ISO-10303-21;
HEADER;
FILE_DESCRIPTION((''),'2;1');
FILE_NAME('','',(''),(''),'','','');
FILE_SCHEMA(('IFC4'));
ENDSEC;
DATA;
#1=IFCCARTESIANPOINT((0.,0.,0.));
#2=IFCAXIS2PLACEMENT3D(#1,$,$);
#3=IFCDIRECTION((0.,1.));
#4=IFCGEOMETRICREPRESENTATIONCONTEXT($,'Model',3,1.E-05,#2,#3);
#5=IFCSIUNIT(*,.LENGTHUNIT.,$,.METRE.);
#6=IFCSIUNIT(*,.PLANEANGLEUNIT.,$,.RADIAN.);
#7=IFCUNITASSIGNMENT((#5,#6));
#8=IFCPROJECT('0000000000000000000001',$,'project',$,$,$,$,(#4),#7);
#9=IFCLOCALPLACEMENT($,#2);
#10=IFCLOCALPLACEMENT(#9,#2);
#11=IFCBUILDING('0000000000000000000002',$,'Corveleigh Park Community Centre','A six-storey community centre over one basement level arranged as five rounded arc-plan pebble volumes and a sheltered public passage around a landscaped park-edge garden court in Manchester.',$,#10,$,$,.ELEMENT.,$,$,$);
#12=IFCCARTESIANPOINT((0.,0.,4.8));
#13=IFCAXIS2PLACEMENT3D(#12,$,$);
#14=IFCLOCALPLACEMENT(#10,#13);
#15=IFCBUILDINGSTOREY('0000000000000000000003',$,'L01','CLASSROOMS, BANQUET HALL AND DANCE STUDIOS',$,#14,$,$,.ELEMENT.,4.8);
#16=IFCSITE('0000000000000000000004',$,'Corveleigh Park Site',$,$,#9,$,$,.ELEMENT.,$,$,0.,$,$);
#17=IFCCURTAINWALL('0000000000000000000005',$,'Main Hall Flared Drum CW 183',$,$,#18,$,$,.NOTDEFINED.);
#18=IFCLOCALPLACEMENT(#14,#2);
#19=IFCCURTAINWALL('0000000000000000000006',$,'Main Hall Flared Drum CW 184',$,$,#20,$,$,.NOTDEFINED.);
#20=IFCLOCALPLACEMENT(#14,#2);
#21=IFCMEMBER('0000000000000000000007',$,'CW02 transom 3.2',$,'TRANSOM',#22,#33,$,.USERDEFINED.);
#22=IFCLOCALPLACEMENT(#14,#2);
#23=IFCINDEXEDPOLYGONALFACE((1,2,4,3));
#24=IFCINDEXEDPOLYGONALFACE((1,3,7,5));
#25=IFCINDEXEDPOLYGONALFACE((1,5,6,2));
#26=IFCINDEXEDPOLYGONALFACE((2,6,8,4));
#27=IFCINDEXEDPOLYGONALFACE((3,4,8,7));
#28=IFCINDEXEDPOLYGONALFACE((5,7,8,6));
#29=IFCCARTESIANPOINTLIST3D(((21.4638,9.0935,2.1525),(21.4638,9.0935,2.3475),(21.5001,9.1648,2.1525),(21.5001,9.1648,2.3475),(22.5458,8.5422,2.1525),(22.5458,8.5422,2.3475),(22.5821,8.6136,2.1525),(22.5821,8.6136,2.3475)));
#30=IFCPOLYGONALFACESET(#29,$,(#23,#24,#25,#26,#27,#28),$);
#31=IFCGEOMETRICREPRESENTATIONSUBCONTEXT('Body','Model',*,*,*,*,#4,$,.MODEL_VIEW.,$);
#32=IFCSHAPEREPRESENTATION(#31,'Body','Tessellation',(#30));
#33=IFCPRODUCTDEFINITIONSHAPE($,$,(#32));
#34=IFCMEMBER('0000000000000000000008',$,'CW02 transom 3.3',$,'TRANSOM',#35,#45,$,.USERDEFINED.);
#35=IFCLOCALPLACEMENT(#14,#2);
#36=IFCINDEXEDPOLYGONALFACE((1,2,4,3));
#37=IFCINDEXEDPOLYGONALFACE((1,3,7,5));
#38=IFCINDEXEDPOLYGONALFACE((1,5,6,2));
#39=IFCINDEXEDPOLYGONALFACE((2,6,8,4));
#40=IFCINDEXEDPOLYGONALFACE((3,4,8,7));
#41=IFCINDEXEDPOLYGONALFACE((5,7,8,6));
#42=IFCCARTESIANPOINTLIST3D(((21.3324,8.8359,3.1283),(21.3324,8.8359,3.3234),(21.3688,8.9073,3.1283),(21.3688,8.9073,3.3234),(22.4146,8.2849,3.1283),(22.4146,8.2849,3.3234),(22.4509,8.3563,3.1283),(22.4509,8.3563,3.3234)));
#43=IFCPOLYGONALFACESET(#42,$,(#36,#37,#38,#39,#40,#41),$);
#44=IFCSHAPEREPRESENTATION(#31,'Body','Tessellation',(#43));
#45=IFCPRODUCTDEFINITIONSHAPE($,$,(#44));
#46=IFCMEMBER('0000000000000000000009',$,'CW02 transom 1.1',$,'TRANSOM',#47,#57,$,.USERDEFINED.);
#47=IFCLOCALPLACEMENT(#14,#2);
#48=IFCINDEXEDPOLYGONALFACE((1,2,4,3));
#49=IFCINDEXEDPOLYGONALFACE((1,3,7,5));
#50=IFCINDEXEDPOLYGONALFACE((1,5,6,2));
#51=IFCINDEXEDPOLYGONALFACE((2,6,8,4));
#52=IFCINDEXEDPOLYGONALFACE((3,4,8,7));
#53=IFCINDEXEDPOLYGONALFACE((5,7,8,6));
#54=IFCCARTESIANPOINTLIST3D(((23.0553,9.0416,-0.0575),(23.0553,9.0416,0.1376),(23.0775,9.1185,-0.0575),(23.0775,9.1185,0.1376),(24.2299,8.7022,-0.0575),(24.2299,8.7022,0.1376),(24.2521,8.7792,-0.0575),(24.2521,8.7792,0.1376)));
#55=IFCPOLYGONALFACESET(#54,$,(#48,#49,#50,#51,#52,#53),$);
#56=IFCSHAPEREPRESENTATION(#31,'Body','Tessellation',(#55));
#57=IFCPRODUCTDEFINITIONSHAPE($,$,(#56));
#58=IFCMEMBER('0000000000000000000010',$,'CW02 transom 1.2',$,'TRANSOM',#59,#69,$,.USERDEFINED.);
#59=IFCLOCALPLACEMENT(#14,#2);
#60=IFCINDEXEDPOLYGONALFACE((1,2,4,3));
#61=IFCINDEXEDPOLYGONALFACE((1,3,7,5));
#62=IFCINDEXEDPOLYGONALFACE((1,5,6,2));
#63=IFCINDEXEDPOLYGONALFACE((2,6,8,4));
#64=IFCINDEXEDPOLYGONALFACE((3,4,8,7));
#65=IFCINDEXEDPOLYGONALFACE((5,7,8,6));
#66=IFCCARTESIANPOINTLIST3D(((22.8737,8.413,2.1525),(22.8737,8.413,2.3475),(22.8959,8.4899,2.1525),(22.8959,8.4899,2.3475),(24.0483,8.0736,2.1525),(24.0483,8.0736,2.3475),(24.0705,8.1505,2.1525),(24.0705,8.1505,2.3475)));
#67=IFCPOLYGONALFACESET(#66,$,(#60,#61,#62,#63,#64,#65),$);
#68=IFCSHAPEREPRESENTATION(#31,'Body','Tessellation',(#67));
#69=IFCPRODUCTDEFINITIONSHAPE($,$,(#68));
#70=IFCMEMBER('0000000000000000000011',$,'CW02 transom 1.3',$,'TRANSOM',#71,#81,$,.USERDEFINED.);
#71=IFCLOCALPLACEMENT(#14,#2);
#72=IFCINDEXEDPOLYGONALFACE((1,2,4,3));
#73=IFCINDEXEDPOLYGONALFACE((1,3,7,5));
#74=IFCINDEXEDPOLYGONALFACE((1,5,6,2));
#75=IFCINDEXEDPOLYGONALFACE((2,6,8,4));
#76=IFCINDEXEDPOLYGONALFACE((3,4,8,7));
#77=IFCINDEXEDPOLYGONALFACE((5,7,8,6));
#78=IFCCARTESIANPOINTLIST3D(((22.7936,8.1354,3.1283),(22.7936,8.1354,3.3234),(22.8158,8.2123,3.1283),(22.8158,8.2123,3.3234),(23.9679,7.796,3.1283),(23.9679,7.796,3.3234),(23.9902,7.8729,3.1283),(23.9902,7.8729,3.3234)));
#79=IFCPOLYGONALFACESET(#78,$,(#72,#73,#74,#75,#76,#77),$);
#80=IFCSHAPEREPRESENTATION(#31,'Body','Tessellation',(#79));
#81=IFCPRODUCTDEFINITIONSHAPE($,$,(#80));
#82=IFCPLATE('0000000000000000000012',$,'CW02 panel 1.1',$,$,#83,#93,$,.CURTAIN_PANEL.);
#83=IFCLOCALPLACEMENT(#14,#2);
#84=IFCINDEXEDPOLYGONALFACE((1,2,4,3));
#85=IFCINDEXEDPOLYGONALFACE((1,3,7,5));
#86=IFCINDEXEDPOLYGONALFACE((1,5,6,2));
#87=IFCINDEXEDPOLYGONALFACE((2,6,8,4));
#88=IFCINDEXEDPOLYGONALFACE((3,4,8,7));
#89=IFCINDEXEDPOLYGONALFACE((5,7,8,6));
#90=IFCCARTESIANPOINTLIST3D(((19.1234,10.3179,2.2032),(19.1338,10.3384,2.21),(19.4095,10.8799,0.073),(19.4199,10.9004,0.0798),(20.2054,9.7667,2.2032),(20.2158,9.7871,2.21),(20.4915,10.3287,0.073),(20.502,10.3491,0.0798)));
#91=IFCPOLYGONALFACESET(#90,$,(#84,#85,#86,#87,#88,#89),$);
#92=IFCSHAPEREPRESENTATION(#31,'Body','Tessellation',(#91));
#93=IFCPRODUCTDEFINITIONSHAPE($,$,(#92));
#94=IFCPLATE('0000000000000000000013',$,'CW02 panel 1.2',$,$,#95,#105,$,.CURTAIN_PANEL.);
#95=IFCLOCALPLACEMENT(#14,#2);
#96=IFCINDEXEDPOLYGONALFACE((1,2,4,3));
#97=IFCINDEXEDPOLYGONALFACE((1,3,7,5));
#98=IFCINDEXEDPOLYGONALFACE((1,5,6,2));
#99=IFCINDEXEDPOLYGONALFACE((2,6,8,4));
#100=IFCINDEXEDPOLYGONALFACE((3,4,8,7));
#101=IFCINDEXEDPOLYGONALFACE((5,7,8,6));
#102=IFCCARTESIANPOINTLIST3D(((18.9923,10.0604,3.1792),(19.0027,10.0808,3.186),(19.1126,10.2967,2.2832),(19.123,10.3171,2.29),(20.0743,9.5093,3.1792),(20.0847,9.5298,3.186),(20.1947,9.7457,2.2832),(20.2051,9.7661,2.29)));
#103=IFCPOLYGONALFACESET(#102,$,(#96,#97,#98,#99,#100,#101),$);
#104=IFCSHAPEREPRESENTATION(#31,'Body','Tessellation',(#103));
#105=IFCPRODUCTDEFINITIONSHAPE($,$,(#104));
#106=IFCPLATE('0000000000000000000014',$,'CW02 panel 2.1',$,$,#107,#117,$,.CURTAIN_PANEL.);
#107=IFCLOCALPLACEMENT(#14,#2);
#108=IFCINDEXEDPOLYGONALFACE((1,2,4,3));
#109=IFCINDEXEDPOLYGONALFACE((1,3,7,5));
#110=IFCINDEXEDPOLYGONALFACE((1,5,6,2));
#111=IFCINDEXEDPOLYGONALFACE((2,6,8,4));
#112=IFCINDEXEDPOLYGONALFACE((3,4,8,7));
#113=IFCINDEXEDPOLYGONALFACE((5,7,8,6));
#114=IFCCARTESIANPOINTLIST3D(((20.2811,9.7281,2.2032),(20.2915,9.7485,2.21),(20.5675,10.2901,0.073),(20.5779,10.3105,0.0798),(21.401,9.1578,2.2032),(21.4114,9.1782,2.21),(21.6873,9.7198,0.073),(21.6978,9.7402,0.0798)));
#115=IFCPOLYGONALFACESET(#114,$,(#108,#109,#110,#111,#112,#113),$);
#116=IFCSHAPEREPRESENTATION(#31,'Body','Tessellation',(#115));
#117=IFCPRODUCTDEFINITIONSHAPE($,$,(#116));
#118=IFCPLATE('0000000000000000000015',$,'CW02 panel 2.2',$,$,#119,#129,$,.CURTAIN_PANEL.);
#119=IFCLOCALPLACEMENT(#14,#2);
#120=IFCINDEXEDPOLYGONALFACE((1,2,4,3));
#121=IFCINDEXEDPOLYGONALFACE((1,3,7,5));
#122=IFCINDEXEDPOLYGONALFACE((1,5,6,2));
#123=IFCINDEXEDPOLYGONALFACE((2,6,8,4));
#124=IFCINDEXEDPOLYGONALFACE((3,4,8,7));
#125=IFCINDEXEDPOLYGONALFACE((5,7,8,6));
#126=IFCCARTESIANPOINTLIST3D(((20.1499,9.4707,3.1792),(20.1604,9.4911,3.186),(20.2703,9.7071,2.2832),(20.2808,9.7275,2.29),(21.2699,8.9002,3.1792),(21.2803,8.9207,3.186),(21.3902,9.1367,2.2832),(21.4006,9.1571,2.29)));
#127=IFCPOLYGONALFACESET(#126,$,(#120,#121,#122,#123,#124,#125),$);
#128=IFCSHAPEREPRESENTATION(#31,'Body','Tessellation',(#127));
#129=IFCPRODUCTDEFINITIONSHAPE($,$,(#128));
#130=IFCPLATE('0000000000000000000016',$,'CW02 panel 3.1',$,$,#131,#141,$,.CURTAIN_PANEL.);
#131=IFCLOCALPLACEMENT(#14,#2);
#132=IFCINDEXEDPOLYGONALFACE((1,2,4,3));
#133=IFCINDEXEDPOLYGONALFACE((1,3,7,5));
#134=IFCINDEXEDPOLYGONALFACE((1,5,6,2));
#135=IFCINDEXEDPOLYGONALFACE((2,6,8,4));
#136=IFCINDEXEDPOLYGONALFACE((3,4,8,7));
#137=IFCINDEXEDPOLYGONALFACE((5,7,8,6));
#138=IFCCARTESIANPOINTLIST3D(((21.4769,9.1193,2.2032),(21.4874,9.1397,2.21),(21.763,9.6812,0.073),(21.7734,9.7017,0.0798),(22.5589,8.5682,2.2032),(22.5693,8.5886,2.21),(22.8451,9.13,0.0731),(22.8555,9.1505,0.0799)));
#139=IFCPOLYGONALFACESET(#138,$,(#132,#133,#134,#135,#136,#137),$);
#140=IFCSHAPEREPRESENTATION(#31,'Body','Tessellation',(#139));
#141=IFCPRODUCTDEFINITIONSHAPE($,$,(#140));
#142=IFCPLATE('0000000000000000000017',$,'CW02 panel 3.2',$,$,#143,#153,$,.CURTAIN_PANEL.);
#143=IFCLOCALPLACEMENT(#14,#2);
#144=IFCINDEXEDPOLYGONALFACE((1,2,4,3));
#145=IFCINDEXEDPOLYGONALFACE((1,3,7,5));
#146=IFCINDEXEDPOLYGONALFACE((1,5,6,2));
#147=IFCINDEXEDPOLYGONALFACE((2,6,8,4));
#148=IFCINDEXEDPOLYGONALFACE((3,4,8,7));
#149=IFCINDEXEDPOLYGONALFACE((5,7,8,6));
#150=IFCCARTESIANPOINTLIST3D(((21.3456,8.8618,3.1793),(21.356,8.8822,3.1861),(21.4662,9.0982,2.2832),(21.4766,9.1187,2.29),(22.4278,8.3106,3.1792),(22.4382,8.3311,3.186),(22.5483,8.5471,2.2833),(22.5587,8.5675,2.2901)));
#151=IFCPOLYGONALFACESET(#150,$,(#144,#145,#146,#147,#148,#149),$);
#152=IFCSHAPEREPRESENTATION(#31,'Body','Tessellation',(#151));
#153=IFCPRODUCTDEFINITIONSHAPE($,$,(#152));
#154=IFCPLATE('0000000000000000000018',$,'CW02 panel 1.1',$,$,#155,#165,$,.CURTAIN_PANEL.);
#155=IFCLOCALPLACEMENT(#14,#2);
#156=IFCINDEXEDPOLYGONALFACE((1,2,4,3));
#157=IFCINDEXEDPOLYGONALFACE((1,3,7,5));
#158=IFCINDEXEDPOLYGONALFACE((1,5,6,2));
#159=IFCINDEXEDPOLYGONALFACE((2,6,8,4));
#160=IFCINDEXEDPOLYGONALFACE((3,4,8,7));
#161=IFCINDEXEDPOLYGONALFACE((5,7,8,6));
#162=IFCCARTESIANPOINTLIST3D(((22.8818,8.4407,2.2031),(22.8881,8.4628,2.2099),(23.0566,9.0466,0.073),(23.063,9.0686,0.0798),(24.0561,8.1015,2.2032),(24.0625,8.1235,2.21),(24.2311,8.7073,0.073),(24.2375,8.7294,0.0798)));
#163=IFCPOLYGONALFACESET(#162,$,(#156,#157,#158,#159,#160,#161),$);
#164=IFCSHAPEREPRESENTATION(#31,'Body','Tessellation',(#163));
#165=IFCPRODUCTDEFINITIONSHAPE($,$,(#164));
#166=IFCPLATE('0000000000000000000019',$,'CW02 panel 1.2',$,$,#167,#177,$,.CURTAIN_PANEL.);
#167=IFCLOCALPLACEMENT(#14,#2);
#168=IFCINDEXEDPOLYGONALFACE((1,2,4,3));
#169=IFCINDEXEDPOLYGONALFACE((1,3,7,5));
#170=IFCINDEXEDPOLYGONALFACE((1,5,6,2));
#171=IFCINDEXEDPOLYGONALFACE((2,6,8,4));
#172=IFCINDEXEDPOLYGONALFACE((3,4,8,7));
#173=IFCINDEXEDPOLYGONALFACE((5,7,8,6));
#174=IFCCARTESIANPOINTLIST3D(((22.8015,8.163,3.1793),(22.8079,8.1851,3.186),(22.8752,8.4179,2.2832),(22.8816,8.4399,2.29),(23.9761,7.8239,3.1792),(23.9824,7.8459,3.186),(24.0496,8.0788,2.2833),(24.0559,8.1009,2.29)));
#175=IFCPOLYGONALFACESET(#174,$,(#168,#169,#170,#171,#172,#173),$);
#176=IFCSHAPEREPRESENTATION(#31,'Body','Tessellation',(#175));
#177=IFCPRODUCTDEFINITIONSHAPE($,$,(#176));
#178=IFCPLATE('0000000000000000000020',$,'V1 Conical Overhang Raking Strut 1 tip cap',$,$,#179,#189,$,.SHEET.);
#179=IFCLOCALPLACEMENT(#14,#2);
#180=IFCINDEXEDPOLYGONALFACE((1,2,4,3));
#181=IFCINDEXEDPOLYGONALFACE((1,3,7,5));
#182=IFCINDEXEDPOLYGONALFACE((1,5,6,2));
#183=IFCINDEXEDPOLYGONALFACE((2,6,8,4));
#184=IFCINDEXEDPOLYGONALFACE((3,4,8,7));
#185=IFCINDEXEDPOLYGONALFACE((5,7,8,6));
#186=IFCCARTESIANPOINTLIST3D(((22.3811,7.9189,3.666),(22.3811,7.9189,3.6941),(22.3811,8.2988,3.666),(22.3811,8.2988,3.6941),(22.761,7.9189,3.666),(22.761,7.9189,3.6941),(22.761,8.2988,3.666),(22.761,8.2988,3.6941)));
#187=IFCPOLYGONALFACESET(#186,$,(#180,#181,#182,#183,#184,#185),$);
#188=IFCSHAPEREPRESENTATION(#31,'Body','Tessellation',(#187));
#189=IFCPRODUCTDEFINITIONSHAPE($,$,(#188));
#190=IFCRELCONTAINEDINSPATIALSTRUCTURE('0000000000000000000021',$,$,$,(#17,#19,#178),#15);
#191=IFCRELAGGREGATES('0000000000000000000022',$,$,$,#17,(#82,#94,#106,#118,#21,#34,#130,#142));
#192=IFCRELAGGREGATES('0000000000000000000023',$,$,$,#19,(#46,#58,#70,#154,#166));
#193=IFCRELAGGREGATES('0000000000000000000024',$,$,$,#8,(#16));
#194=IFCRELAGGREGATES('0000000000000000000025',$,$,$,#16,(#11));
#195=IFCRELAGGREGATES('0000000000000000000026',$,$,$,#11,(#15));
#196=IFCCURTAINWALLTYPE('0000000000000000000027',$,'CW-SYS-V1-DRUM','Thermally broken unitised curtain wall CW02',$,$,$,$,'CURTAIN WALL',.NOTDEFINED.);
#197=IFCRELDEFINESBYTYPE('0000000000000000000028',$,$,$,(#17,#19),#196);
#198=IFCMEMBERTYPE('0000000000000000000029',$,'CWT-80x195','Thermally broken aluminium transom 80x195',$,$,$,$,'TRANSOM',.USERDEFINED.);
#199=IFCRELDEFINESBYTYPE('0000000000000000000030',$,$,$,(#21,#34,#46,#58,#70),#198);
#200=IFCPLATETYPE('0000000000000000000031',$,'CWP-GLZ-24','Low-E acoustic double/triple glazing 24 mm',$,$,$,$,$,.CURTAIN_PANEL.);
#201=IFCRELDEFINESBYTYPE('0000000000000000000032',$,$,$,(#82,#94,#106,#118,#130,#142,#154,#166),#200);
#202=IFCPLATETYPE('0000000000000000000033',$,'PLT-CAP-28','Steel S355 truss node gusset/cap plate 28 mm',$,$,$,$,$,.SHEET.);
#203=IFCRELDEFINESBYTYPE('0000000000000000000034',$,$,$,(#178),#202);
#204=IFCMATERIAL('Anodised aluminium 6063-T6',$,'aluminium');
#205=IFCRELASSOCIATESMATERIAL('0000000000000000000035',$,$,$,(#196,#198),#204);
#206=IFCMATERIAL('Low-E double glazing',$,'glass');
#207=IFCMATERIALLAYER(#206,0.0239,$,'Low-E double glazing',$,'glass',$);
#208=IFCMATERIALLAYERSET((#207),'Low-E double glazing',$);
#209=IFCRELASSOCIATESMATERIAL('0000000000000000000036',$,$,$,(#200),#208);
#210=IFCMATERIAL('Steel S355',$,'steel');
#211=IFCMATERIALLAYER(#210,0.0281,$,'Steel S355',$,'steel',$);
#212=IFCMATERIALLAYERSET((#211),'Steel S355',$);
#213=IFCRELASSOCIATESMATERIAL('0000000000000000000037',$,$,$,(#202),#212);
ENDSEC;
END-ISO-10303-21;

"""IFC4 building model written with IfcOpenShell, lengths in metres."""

from ifc_helpers import new_model, si_unit, direction, frame, origin, origin_2d, place, context, subcontext, project, spatial, polyline, rectangle, outline, extrude, material, layer, layer_set, material_profile, profile_set, type_object, element, aggregate, save


model = new_model("IFC4")

# Units and contexts
model_context = context("Model", 3, precision=1e-05, world=origin(), true_north=direction((0.0, 1.0)))
body_context = subcontext(model_context, "Body", "Model", "MODEL_VIEW")
ifc_project = project(units=[si_unit("LENGTHUNIT", "METRE"), si_unit("PLANEANGLEUNIT", "RADIAN")], contexts=[model_context])

# Site, building, storey
site_placement = place(None, origin())
site = spatial("IfcSite", under=ifc_project, at=site_placement, Name="Corveleigh Park Site", CompositionType="ELEMENT", RefElevation=0.0)
building_placement = place(site_placement, origin())
building = spatial("IfcBuilding", under=site, at=building_placement, Name="Corveleigh Park Community Centre", Description="A six-storey community centre over one basement level arranged as five rounded arc-plan pebble volumes and a sheltered public passage around a landscaped park-edge garden court in Manchester.", CompositionType="ELEMENT")
storey_placement = place(building_placement, frame((0.0, 0.0, 4.8)))
storey = spatial("IfcBuildingStorey", under=building, at=storey_placement, Name="L01", Description="CLASSROOMS, BANQUET HALL AND DANCE STUDIOS", CompositionType="ELEMENT", Elevation=4.8)

# Shared definitions
ifc_material_1 = material(Name="Anodised aluminium 6063-T6", Category="aluminium")
curtain_wall_type = type_object("IfcCurtainWallType", Name="CW-SYS-V1-DRUM", Description="Thermally broken unitised curtain wall CW02", ElementType="CURTAIN WALL", PredefinedType="NOTDEFINED", material=ifc_material_1)

# Curtain wall
curtain_wall_1_placement = place(storey_placement, origin())
curtain_wall_1 = element("IfcCurtainWall", 1, at=curtain_wall_1_placement, inside=storey, type_object=curtain_wall_type, Name="Main Hall Flared Drum CW 183", PredefinedType="NOTDEFINED")

# Curtain wall
curtain_wall_2_placement = place(storey_placement, origin())
curtain_wall_2 = element("IfcCurtainWall", 2, at=curtain_wall_2_placement, inside=storey, type_object=curtain_wall_type, Name="Main Hall Flared Drum CW 184", PredefinedType="NOTDEFINED")

# Members
ifc_material_profile_1 = material_profile(ifc_material_1, rectangle(XDim=0.0801, YDim=0.1951, at=origin_2d()), Name="ALU-T80x195", Category="aluminium")
ifc_profile_set_1 = profile_set([ifc_material_profile_1], Name="Anodised aluminium 6063-T6")
member_type_1 = type_object("IfcMemberType", Name="CWT-80x195", Description="Thermally broken aluminium transom 80x195", ElementType="TRANSOM", PredefinedType="USERDEFINED", material=ifc_profile_set_1)
member_1_placement = place(storey_placement, frame((21.4819, 9.1292, 2.25), z_axis=(0.891024, -0.453956, 0.0), x_axis=(0.453956, 0.891024, 0.0)))
member_1 = element("IfcMember", 3, at=member_1_placement, type_object=member_type_1, Name="CW02 transom 3.2", ObjectType="TRANSOM", PredefinedType="USERDEFINED", context=body_context, shape_type="SweptSolid", body=[
    extrude(rectangle(XDim=0.0801, YDim=0.1951, at=origin_2d()), origin(), (0.0, 0.0, 1.0), 1.2144),
])
member_2_placement = place(storey_placement, frame((21.3506, 8.8716, 3.2258), z_axis=(0.891147, -0.453715, 0.0), x_axis=(0.453715, 0.891147, 0.0)))
member_2 = element("IfcMember", 4, at=member_2_placement, type_object=member_type_1, Name="CW02 transom 3.3", ObjectType="TRANSOM", PredefinedType="USERDEFINED", context=body_context, shape_type="SweptSolid", body=[
    extrude(rectangle(XDim=0.0801, YDim=0.1951, at=origin_2d()), origin(), (0.0, 0.0, 1.0), 1.2144),
])
member_3_placement = place(storey_placement, frame((23.0664, 9.0801, 0.04), z_axis=(0.960706, -0.277568, 0.0), x_axis=(0.277568, 0.960706, 0.0)))
member_3 = element("IfcMember", 5, at=member_3_placement, type_object=member_type_1, Name="CW02 transom 1.1", ObjectType="TRANSOM", PredefinedType="USERDEFINED", context=body_context, shape_type="SweptSolid", body=[
    extrude(rectangle(XDim=0.0801, YDim=0.1951, at=origin_2d()), origin(), (0.0, 0.0, 1.0), 1.2227),
])
member_4_placement = place(storey_placement, frame((22.8848, 8.4514, 2.25), z_axis=(0.960706, -0.277568, 0.0), x_axis=(0.277568, 0.960706, 0.0)))
member_4 = element("IfcMember", 6, at=member_4_placement, type_object=member_type_1, Name="CW02 transom 1.2", ObjectType="TRANSOM", PredefinedType="USERDEFINED", context=body_context, shape_type="SweptSolid", body=[
    extrude(rectangle(XDim=0.0801, YDim=0.1951, at=origin_2d()), origin(), (0.0, 0.0, 1.0), 1.2227),
])
member_5_placement = place(storey_placement, frame((22.8047, 8.1738, 3.2258), z_axis=(0.960691, -0.277622, 0.0), x_axis=(0.277622, 0.960691, 0.0)))
member_5 = element("IfcMember", 7, at=member_5_placement, type_object=member_type_1, Name="CW02 transom 1.3", ObjectType="TRANSOM", PredefinedType="USERDEFINED", context=body_context, shape_type="SweptSolid", body=[
    extrude(rectangle(XDim=0.0801, YDim=0.1951, at=origin_2d()), origin(), (0.0, 0.0, 1.0), 1.2224),
])

# Plates
ifc_material_2 = material(Name="Low-E double glazing", Category="glass")
ifc_layer_1 = layer(ifc_material_2, 0.0239, Name="Low-E double glazing", Category="glass")
ifc_layer_set_1 = layer_set([ifc_layer_1], Name="Low-E double glazing")
plate_type_1 = type_object("IfcPlateType", Name="CWP-GLZ-24", Description="Low-E acoustic double/triple glazing 24 mm", PredefinedType="CURTAIN_PANEL", material=ifc_layer_set_1)
plate_1_placement = place(storey_placement, frame((19.4199, 10.9004, 0.0798), z_axis=(0.435279, 0.854366, 0.283885), x_axis=(0.891024, -0.453956, 0.0)))
plate_1 = element("IfcPlate", 8, at=plate_1_placement, type_object=plate_type_1, Name="CW02 panel 1.1", PredefinedType="CURTAIN_PANEL", context=body_context, shape_type="SweptSolid", body=[
    extrude(outline(polyline([(0.0, 0.0), (1.2144, 0.0), (1.2145, -2.2215), (0.0002, -2.2215), (0.0, 0.0)])), origin(), (0.0, 0.0, -1.0), 0.0239),
])
plate_2_placement = place(storey_placement, frame((19.123, 10.3171, 2.29), z_axis=(0.435134, 0.85446, 0.283825), x_axis=(0.891105, -0.453796, 0.0)))
plate_2 = element("IfcPlate", 9, at=plate_2_placement, type_object=plate_type_1, Name="CW02 panel 1.2", PredefinedType="CURTAIN_PANEL", context=body_context, shape_type="SweptSolid", body=[
    extrude(outline(polyline([(0.0, 0.0), (1.2143, 0.0), (1.2142, -0.9344), (0.0, -0.9344), (0.0, 0.0)])), origin(), (0.0, 0.0, -1.0), 0.0239),
])
plate_3_placement = place(storey_placement, frame((20.5779, 10.3105, 0.0798), z_axis=(0.43513, 0.854427, 0.283931), x_axis=(0.8911, -0.453806, 0.0)))
plate_3 = element("IfcPlate", 10, at=plate_3_placement, type_object=plate_type_1, Name="CW02 panel 2.1", PredefinedType="CURTAIN_PANEL", context=body_context, shape_type="SweptSolid", body=[
    extrude(outline(polyline([(0.0, 0.0), (1.2567, 0.0), (1.2566, -2.2216), (-0.0001, -2.2216), (0.0, 0.0)])), origin(), (0.0, 0.0, -1.0), 0.0239),
])
plate_4_placement = place(storey_placement, frame((20.2808, 9.7275, 2.29), z_axis=(0.435204, 0.854389, 0.283932), x_axis=(0.891064, -0.453877, -0.000024)))
plate_4 = element("IfcPlate", 11, at=plate_4_placement, type_object=plate_type_1, Name="CW02 panel 2.2", PredefinedType="CURTAIN_PANEL", context=body_context, shape_type="SweptSolid", body=[
    extrude(outline(polyline([(0.0, 0.0), (1.2567, 0.0), (1.2568, -0.9345), (0.0, -0.9344), (0.0, 0.0)])), origin(), (0.0, 0.0, -1.0), 0.0239),
])
plate_5_placement = place(storey_placement, frame((21.7734, 9.7017, 0.0798), z_axis=(0.435209, 0.854417, 0.28384), x_axis=(0.891062, -0.453883, 0.000024)))
plate_5 = element("IfcPlate", 12, at=plate_5_placement, type_object=plate_type_1, Name="CW02 panel 3.1", PredefinedType="CURTAIN_PANEL", context=body_context, shape_type="SweptSolid", body=[
    extrude(outline(polyline([(0.0, 0.0), (1.2144, 0.0), (1.2144, -2.2215), (0.0002, -2.2215), (0.0, 0.0)])), origin(), (0.0, 0.0, -1.0), 0.0239),
])
plate_6_placement = place(storey_placement, frame((21.4766, 9.1187, 2.29), z_axis=(0.43515, 0.854398, 0.283987), x_axis=(0.891081, -0.453845, 0.000037)))
plate_6 = element("IfcPlate", 13, at=plate_6_placement, type_object=plate_type_1, Name="CW02 panel 3.2", PredefinedType="CURTAIN_PANEL", context=body_context, shape_type="SweptSolid", body=[
    extrude(outline(polyline([(0.0, 0.0), (1.2144, 0.0), (1.2144, -0.9344), (-0.0001, -0.9345), (0.0, 0.0)])), origin(), (0.0, 0.0, -1.0), 0.0239),
])
aggregate(curtain_wall_1, [plate_1, plate_2, plate_3, plate_4, member_1, member_2, plate_5, plate_6])
plate_7_placement = place(storey_placement, frame((23.063, 9.0686, 0.0798), z_axis=(0.266088, 0.921208, 0.283854), x_axis=(0.960728, -0.277493, -0.000034)))
plate_7 = element("IfcPlate", 14, at=plate_7_placement, type_object=plate_type_1, Name="CW02 panel 1.1", PredefinedType="CURTAIN_PANEL", context=body_context, shape_type="SweptSolid", body=[
    extrude(outline(polyline([(0.0, 0.0), (1.2225, 0.0), (1.2224, -2.2215), (0.0001, -2.2215), (0.0, 0.0)])), origin(), (0.0, 0.0, -1.0), 0.0239),
])
plate_8_placement = place(storey_placement, frame((22.8816, 8.4399, 2.29), z_axis=(0.265995, 0.921218, 0.28391), x_axis=(0.960751, -0.277413, 0.000008)))
plate_8 = element("IfcPlate", 15, at=plate_8_placement, type_object=plate_type_1, Name="CW02 panel 1.2", PredefinedType="CURTAIN_PANEL", context=body_context, shape_type="SweptSolid", body=[
    extrude(outline(polyline([(0.0, 0.0), (1.2223, 0.0), (1.2224, -0.9344), (-0.0001, -0.9345), (0.0, 0.0)])), origin(), (0.0, 0.0, -1.0), 0.0239),
])
aggregate(curtain_wall_2, [member_3, member_4, member_5, plate_7, plate_8])
ifc_material_3 = material(Name="Steel S355", Category="steel")
ifc_layer_2 = layer(ifc_material_3, 0.0281, Name="Steel S355", Category="steel")
ifc_layer_set_2 = layer_set([ifc_layer_2], Name="Steel S355")
plate_type_2 = type_object("IfcPlateType", Name="PLT-CAP-28", Description="Steel S355 truss node gusset/cap plate 28 mm", PredefinedType="SHEET", material=ifc_layer_set_2)
plate_9_placement = place(storey_placement, frame((22.571, 8.1089, 3.666), z_axis=(0.0, 0.0, 1.0), x_axis=(1.0, 0.0, 0.0)))
element("IfcPlate", 16, at=plate_9_placement, inside=storey, type_object=plate_type_2, Name="V1 Conical Overhang Raking Strut 1 tip cap", PredefinedType="SHEET", context=body_context, shape_type="SweptSolid", body=[
    extrude(rectangle(XDim=0.3799, YDim=0.3799, at=origin_2d()), origin(), (0.0, 0.0, 1.0), 0.0281),
])

save(model, "model.ifc")
